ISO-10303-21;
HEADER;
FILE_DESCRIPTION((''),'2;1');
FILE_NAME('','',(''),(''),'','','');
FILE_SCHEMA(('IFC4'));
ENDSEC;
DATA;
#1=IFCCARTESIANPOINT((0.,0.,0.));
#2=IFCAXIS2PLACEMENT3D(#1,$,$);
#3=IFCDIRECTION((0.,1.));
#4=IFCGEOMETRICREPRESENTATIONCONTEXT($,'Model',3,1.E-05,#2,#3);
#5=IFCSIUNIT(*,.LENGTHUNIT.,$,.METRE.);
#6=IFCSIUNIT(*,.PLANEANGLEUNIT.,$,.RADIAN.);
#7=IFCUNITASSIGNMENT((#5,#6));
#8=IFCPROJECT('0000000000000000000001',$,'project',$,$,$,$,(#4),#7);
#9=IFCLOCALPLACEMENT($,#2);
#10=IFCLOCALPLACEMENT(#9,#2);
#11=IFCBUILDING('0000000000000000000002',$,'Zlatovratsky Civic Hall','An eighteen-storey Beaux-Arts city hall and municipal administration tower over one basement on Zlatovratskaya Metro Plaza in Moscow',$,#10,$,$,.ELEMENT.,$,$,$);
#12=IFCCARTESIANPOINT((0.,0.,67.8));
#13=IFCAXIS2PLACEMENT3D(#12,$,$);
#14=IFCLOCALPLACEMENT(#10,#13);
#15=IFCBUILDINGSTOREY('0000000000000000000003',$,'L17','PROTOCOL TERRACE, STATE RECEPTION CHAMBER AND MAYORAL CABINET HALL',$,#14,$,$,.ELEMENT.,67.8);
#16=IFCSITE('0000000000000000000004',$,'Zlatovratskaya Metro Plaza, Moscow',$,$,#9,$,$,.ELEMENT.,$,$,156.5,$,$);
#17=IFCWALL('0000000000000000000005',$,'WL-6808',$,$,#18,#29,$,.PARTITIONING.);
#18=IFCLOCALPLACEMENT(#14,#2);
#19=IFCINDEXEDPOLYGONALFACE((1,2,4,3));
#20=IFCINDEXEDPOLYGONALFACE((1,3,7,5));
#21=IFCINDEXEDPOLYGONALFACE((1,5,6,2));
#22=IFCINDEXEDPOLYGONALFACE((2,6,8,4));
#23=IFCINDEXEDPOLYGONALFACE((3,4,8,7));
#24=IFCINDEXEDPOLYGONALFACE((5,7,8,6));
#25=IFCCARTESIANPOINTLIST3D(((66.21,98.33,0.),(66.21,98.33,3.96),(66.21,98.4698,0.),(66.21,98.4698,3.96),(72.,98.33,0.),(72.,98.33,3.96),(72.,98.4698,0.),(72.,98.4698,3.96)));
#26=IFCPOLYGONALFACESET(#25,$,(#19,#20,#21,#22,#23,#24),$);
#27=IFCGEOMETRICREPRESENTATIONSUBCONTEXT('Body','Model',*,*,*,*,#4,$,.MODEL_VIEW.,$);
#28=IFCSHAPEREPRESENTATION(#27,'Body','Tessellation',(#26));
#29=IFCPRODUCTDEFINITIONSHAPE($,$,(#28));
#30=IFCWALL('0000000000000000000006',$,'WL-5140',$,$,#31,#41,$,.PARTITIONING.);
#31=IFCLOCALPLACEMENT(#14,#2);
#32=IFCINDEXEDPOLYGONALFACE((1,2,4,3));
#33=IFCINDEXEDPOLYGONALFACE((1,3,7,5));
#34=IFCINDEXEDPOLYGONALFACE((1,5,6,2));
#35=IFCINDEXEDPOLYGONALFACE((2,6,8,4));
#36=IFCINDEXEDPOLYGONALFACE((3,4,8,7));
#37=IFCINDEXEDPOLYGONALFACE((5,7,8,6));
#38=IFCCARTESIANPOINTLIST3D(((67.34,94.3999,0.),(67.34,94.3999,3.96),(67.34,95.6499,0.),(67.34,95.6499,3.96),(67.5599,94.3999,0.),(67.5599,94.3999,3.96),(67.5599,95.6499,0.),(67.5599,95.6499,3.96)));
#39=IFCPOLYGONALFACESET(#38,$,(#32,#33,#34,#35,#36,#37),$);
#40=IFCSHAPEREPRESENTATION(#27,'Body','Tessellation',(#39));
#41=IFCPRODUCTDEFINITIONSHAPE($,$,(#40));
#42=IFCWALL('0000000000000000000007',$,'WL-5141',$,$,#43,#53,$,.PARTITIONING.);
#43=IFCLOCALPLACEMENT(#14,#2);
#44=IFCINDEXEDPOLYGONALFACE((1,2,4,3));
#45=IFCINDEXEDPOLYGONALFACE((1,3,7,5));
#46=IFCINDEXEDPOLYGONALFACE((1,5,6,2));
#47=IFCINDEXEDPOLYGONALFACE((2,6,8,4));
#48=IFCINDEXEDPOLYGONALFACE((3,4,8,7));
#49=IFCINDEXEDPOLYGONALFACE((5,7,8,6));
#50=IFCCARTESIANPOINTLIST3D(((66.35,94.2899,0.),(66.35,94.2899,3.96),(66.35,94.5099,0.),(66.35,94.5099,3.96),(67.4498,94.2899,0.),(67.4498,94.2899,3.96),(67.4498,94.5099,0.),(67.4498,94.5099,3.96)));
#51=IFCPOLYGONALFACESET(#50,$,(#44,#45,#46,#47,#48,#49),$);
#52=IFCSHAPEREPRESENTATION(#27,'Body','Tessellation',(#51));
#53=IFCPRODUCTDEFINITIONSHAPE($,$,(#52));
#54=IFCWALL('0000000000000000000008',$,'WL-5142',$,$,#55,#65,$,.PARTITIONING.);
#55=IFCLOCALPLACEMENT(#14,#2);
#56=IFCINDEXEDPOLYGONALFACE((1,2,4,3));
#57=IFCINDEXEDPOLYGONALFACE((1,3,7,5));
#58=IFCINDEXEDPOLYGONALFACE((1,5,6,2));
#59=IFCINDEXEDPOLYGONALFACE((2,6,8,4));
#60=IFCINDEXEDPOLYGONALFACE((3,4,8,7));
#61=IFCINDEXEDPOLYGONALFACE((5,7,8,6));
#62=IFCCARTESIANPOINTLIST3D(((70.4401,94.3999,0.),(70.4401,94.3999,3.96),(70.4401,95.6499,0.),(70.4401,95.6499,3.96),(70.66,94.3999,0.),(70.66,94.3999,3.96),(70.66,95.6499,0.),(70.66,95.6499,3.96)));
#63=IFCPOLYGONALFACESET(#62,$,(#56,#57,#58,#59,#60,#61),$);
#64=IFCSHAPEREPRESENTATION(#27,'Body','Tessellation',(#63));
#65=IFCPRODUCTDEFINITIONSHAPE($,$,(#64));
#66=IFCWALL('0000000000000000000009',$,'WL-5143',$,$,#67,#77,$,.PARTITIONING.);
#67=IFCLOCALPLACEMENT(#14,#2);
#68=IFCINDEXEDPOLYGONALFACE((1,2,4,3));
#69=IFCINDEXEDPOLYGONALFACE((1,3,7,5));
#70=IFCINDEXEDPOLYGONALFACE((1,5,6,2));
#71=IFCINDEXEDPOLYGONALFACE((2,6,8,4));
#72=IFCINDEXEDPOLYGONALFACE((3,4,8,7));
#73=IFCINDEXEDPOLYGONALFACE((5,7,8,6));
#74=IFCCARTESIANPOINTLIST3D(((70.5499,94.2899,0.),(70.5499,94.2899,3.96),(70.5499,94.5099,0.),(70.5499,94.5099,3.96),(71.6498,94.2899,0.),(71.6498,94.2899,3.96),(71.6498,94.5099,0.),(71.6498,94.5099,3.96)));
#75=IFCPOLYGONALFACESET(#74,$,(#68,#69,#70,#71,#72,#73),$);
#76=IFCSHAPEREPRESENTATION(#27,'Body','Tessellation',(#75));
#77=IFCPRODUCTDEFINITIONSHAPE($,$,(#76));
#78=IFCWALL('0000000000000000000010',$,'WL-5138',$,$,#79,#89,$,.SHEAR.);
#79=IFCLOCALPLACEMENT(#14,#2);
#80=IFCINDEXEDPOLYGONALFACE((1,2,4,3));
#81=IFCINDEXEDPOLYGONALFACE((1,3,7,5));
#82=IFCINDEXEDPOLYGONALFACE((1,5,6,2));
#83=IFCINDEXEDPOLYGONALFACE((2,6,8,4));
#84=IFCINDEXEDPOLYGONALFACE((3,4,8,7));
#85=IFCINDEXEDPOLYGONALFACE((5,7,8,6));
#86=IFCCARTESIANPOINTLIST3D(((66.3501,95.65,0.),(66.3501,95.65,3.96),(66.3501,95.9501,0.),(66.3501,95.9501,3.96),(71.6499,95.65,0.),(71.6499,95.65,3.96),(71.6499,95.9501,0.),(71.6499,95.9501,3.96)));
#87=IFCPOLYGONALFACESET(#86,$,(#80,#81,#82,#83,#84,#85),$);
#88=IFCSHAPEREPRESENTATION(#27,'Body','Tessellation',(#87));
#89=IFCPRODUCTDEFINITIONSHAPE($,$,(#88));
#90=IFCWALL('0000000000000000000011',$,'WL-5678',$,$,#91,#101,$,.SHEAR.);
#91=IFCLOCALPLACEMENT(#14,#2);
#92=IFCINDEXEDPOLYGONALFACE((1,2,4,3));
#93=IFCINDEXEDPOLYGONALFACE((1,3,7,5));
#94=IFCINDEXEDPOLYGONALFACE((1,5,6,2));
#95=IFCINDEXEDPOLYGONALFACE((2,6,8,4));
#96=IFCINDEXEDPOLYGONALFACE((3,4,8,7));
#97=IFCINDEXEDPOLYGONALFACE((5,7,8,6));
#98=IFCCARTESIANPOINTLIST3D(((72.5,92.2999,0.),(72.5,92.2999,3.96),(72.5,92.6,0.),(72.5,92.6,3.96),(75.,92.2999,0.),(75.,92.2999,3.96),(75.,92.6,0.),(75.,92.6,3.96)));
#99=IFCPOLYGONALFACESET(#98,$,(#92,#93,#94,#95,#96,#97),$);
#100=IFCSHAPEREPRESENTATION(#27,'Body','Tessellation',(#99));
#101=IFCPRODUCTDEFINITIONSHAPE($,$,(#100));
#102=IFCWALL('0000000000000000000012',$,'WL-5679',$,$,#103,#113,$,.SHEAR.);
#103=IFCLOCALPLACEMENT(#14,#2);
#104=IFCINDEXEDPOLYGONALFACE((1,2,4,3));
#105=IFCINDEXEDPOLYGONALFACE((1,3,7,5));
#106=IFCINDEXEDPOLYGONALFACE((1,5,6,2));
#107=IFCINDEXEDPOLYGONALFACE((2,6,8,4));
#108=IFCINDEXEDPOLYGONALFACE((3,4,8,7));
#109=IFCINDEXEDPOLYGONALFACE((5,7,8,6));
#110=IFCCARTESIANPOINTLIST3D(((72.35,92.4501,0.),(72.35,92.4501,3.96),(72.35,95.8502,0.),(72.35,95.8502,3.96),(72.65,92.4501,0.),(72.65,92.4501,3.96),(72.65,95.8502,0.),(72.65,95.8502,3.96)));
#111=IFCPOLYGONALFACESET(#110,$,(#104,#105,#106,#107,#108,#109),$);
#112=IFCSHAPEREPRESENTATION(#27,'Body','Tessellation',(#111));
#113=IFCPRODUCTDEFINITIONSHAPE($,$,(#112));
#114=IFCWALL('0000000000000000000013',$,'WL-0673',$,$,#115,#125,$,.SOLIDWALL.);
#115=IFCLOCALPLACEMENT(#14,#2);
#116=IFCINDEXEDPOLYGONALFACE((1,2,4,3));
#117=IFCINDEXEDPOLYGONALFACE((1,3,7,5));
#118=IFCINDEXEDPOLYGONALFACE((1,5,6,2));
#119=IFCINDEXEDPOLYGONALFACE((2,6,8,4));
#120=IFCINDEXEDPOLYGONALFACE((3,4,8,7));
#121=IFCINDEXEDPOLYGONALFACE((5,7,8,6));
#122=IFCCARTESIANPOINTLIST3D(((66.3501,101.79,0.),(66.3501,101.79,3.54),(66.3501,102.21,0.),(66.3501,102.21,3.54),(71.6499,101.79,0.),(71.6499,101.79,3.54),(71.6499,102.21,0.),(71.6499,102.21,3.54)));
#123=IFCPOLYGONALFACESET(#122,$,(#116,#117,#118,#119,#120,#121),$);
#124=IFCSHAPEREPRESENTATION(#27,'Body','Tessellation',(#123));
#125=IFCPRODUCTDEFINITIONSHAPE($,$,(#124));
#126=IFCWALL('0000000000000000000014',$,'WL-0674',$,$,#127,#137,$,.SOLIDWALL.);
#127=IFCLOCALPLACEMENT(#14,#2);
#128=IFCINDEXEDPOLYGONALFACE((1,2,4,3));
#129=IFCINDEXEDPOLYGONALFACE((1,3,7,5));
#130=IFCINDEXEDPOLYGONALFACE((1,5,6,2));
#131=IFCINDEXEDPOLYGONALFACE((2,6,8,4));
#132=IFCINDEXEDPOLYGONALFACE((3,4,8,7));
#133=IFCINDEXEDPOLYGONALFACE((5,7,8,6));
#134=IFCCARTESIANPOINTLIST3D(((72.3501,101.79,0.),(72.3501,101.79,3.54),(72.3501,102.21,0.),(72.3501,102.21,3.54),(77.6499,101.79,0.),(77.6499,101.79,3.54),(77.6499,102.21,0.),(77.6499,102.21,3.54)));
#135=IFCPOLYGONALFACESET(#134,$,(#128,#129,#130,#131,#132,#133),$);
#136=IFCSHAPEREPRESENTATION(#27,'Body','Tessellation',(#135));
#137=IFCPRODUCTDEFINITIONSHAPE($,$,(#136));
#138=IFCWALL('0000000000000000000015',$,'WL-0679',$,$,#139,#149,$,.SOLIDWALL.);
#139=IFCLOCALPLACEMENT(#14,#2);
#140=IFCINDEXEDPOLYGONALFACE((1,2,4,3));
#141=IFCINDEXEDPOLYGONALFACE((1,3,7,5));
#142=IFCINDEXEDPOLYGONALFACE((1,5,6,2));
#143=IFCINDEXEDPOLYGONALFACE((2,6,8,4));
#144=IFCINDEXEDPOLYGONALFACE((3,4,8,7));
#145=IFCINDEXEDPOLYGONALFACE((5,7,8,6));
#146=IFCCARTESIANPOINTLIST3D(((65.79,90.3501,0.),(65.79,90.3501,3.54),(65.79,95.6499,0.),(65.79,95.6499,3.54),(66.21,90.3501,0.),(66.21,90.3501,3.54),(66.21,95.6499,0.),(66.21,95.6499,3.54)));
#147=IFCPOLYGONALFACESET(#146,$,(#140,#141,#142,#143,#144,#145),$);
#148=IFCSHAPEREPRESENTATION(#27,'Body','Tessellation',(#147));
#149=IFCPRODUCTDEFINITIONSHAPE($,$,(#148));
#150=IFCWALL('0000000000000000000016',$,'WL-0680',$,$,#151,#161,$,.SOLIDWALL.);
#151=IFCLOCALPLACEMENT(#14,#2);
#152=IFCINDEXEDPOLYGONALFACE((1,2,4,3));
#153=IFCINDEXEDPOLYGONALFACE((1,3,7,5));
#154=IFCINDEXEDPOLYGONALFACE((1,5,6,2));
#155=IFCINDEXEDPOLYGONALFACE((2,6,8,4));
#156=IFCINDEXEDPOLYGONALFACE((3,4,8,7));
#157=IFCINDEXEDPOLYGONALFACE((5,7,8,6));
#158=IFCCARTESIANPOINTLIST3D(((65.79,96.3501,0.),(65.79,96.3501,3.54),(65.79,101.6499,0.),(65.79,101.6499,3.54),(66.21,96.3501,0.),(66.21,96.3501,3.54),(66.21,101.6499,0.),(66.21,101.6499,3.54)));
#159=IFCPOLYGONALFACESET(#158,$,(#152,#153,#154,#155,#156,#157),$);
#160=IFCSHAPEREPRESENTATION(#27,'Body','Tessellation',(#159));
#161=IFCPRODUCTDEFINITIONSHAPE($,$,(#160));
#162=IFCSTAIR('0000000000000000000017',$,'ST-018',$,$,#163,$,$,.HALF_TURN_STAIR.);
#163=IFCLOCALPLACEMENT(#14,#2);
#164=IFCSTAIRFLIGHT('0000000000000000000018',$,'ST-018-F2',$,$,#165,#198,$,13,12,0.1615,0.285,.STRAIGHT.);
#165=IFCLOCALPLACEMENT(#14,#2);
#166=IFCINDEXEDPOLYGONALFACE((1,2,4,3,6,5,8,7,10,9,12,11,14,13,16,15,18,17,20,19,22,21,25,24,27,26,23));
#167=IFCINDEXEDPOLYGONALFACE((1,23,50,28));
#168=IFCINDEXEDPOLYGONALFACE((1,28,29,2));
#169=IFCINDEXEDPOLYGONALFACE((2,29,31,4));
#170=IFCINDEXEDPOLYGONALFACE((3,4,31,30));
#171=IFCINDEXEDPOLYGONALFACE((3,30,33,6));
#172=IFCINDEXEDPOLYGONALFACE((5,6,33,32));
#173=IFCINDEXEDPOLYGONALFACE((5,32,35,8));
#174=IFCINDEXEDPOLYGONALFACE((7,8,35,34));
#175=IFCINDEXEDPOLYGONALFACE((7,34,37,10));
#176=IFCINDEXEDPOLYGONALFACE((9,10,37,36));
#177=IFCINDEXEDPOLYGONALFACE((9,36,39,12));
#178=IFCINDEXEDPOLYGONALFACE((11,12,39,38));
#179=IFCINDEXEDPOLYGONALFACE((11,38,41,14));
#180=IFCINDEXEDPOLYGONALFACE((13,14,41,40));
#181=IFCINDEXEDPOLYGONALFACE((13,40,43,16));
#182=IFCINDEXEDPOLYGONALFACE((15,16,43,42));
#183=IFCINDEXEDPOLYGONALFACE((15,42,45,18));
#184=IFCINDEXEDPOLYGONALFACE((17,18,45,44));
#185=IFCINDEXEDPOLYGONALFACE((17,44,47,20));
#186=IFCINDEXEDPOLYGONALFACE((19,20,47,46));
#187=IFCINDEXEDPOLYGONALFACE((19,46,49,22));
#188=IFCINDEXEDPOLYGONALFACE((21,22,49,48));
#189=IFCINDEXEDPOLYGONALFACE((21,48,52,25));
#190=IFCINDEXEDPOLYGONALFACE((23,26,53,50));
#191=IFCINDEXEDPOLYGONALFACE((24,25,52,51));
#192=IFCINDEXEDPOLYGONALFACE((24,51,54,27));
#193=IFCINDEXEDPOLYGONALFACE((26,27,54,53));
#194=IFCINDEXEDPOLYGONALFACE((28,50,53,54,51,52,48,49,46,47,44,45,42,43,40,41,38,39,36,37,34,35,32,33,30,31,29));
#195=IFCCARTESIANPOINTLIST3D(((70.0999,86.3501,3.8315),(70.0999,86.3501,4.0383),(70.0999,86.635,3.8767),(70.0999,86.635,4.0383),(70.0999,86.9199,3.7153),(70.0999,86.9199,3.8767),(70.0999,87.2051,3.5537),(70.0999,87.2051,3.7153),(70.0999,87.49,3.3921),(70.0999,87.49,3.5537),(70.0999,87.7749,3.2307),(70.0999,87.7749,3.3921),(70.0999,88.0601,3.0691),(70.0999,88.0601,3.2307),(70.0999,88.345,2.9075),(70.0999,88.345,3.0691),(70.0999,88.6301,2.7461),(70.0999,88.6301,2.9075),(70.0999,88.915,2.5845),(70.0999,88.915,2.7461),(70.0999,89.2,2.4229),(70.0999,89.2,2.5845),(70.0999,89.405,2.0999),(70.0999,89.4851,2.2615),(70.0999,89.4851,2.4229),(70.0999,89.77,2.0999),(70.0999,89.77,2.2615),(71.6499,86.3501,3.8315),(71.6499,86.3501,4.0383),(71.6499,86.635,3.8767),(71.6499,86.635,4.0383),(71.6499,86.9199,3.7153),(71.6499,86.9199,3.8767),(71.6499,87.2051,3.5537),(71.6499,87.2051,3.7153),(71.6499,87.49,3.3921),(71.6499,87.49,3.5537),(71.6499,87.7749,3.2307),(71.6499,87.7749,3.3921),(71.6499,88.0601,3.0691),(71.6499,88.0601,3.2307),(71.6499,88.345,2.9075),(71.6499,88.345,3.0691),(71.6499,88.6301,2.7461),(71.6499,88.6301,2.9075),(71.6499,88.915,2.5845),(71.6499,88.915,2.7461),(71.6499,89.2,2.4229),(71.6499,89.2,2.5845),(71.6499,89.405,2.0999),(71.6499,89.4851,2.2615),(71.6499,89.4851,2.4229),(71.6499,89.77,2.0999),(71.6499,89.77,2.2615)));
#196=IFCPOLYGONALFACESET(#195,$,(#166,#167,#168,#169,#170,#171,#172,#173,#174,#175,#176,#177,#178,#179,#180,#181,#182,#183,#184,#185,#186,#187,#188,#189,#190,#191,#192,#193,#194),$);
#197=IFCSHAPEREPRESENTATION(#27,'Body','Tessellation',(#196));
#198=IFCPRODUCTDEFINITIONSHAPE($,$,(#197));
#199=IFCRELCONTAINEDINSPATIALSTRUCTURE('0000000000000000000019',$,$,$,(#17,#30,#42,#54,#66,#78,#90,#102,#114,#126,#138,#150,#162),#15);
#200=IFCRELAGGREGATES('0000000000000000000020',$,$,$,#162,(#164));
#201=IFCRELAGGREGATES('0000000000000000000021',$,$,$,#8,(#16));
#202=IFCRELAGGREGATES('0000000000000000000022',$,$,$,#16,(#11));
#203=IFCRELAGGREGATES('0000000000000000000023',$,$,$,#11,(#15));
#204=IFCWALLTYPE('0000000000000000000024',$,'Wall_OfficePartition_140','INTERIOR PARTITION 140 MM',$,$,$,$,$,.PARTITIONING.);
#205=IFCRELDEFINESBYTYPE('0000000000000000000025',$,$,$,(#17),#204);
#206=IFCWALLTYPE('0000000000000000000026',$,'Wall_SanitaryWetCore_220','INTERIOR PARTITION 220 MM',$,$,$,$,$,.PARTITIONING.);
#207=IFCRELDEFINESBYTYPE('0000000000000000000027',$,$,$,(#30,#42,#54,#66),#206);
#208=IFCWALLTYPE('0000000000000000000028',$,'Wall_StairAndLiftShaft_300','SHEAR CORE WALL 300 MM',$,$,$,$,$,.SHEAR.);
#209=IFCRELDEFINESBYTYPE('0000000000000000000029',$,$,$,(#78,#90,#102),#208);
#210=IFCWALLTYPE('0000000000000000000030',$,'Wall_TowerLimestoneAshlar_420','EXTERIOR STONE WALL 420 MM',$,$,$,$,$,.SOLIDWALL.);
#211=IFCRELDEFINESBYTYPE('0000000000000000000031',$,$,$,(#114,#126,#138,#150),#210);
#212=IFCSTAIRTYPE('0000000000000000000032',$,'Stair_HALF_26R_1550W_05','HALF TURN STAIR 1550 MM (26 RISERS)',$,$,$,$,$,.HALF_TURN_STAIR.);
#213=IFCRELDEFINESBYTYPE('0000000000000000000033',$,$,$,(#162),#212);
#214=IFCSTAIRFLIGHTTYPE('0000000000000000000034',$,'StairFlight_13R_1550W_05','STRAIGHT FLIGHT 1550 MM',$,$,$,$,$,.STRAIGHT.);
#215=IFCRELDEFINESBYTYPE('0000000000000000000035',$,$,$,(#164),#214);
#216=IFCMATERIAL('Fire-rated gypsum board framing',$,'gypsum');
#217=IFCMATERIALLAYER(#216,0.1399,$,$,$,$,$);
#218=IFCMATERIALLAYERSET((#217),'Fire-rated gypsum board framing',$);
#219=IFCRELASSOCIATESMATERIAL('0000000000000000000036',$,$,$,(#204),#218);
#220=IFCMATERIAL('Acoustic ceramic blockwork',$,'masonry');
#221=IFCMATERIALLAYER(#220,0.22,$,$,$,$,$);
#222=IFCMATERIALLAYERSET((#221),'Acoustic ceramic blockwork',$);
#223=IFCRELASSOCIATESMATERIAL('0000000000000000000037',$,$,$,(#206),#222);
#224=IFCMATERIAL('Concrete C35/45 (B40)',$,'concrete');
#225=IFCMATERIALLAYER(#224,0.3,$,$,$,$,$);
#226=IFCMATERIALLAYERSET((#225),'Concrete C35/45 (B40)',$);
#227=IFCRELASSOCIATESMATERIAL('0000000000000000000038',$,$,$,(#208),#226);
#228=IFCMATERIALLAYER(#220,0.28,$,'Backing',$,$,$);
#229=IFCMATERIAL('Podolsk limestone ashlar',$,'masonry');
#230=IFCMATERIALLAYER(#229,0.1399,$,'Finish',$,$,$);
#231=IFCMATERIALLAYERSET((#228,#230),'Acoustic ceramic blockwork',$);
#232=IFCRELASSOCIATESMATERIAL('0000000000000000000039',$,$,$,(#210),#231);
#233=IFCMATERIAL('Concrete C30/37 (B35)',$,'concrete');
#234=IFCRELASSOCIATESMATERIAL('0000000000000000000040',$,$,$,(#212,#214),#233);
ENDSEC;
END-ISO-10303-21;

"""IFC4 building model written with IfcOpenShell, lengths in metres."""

from ifc_helpers import new_model, si_unit, direction, frame, frame_2d, origin, place, context, subcontext, project, spatial, polyline, rectangle, outline, extrude, material, layer, layer_set, type_object, element, aggregate, save


model = new_model("IFC4")

# Units and contexts
model_context = context("Model", 3, precision=1e-05, world=origin(), true_north=direction((0.0, 1.0)))
body_context = subcontext(model_context, "Body", "Model", "MODEL_VIEW")
ifc_project = project(units=[si_unit("LENGTHUNIT", "METRE"), si_unit("PLANEANGLEUNIT", "RADIAN")], contexts=[model_context])

# Site, building, storey
site_placement = place(None, origin())
site = spatial("IfcSite", under=ifc_project, at=site_placement, Name="Zlatovratskaya Metro Plaza, Moscow", CompositionType="ELEMENT", RefElevation=156.5)
building_placement = place(site_placement, origin())
building = spatial("IfcBuilding", under=site, at=building_placement, Name="Zlatovratsky Civic Hall", Description="An eighteen-storey Beaux-Arts city hall and municipal administration tower over one basement on Zlatovratskaya Metro Plaza in Moscow", CompositionType="ELEMENT")
storey_placement = place(building_placement, frame((0.0, 0.0, 67.8)))
storey = spatial("IfcBuildingStorey", under=building, at=storey_placement, Name="L17", Description="PROTOCOL TERRACE, STATE RECEPTION CHAMBER AND MAYORAL CABINET HALL", CompositionType="ELEMENT", Elevation=67.8)

# Shared definitions
ifc_material_1 = material(Name="Concrete C35/45 (B40)", Category="concrete")

# Shared definitions
ifc_material_2 = material(Name="Fire-rated gypsum board framing", Category="gypsum")
ifc_layer_1 = layer(ifc_material_2, 0.1399)
ifc_layer_set_1 = layer_set([ifc_layer_1], Name="Fire-rated gypsum board framing")
wall_type_1 = type_object("IfcWallType", Name="Wall_OfficePartition_140", Description="INTERIOR PARTITION 140 MM", PredefinedType="PARTITIONING", material=ifc_layer_set_1)

# Walls
wall_1_placement = place(storey_placement, frame((66.21, 98.3999, 0.0), z_axis=(0.0, 0.0, 1.0), x_axis=(1.0, 0.0, 0.0)))
element("IfcWall", 1, at=wall_1_placement, inside=storey, type_object=wall_type_1, Name="WL-6808", PredefinedType="PARTITIONING", context=body_context, shape_type="SweptSolid", body=[
    extrude(rectangle(XDim=5.79, YDim=0.1399, at=frame_2d((2.895, 0.0))), origin(), (0.0, 0.0, 1.0), 3.96),
])
ifc_material_3 = material(Name="Acoustic ceramic blockwork", Category="masonry")
ifc_layer_2 = layer(ifc_material_3, 0.22)
ifc_layer_set_2 = layer_set([ifc_layer_2], Name="Acoustic ceramic blockwork")
wall_type_2 = type_object("IfcWallType", Name="Wall_SanitaryWetCore_220", Description="INTERIOR PARTITION 220 MM", PredefinedType="PARTITIONING", material=ifc_layer_set_2)
wall_2_placement = place(storey_placement, frame((67.45, 94.3999, 0.0), z_axis=(0.0, 0.0, 1.0), x_axis=(0.0, 1.0, 0.0)))
element("IfcWall", 2, at=wall_2_placement, inside=storey, type_object=wall_type_2, Name="WL-5140", PredefinedType="PARTITIONING", context=body_context, shape_type="SweptSolid", body=[
    extrude(rectangle(XDim=1.25, YDim=0.22, at=frame_2d((0.625, 0.0))), origin(), (0.0, 0.0, 1.0), 3.96),
])
wall_3_placement = place(storey_placement, frame((66.3501, 94.3999, 0.0), z_axis=(0.0, 0.0, 1.0), x_axis=(1.0, 0.0, 0.0)))
element("IfcWall", 3, at=wall_3_placement, inside=storey, type_object=wall_type_2, Name="WL-5141", PredefinedType="PARTITIONING", context=body_context, shape_type="SweptSolid", body=[
    extrude(rectangle(XDim=1.0999, YDim=0.22, at=frame_2d((0.5498, 0.0))), origin(), (0.0, 0.0, 1.0), 3.96),
])
wall_4_placement = place(storey_placement, frame((70.55, 94.3999, 0.0), z_axis=(0.0, 0.0, 1.0), x_axis=(0.0, 1.0, 0.0)))
element("IfcWall", 4, at=wall_4_placement, inside=storey, type_object=wall_type_2, Name="WL-5142", PredefinedType="PARTITIONING", context=body_context, shape_type="SweptSolid", body=[
    extrude(rectangle(XDim=1.25, YDim=0.22, at=frame_2d((0.625, 0.0))), origin(), (0.0, 0.0, 1.0), 3.96),
])
wall_5_placement = place(storey_placement, frame((70.55, 94.3999, 0.0), z_axis=(0.0, 0.0, 1.0), x_axis=(1.0, 0.0, 0.0)))
element("IfcWall", 5, at=wall_5_placement, inside=storey, type_object=wall_type_2, Name="WL-5143", PredefinedType="PARTITIONING", context=body_context, shape_type="SweptSolid", body=[
    extrude(rectangle(XDim=1.0999, YDim=0.22, at=frame_2d((0.5498, 0.0))), origin(), (0.0, 0.0, 1.0), 3.96),
])
ifc_layer_3 = layer(ifc_material_1, 0.3)
ifc_layer_set_3 = layer_set([ifc_layer_3], Name="Concrete C35/45 (B40)")
wall_type_3 = type_object("IfcWallType", Name="Wall_StairAndLiftShaft_300", Description="SHEAR CORE WALL 300 MM", PredefinedType="SHEAR", material=ifc_layer_set_3)
wall_6_placement = place(storey_placement, frame((66.3501, 95.8, 0.0), z_axis=(0.0, 0.0, 1.0), x_axis=(1.0, 0.0, 0.0)))
element("IfcWall", 6, at=wall_6_placement, inside=storey, type_object=wall_type_3, Name="WL-5138", PredefinedType="SHEAR", context=body_context, shape_type="SweptSolid", body=[
    extrude(rectangle(XDim=5.2998, YDim=0.3, at=frame_2d((2.6499, 0.0))), origin(), (0.0, 0.0, 1.0), 3.96),
])
wall_7_placement = place(storey_placement, frame((72.5, 92.45, 0.0), z_axis=(0.0, 0.0, 1.0), x_axis=(1.0, 0.0, 0.0)))
element("IfcWall", 7, at=wall_7_placement, inside=storey, type_object=wall_type_3, Name="WL-5678", PredefinedType="SHEAR", context=body_context, shape_type="SweptSolid", body=[
    extrude(rectangle(XDim=2.5, YDim=0.3, at=frame_2d((1.25, 0.0))), origin(), (0.0, 0.0, 1.0), 3.96),
])
wall_8_placement = place(storey_placement, frame((72.5, 92.45, 0.0), z_axis=(0.0, 0.0, 1.0), x_axis=(0.0, 1.0, 0.0)))
element("IfcWall", 8, at=wall_8_placement, inside=storey, type_object=wall_type_3, Name="WL-5679", PredefinedType="SHEAR", context=body_context, shape_type="SweptSolid", body=[
    extrude(rectangle(XDim=3.4001, YDim=0.3, at=frame_2d((1.7002, 0.0))), origin(), (0.0, 0.0, 1.0), 3.96),
])
ifc_layer_4 = layer(ifc_material_3, 0.28, Name="Backing")
ifc_material_4 = material(Name="Podolsk limestone ashlar", Category="masonry")
ifc_layer_5 = layer(ifc_material_4, 0.1399, Name="Finish")
ifc_layer_set_4 = layer_set([ifc_layer_4, ifc_layer_5], Name="Acoustic ceramic blockwork")
wall_type_4 = type_object("IfcWallType", Name="Wall_TowerLimestoneAshlar_420", Description="EXTERIOR STONE WALL 420 MM", PredefinedType="SOLIDWALL", material=ifc_layer_set_4)
for number, where, z_axis, x_axis, name in (
    (9, (66.3501, 102.0, 0.0), (0.0, 0.0, 1.0), (1.0, 0.0, 0.0), "WL-0673"),
    (10, (72.3501, 102.0, 0.0), (0.0, 0.0, 1.0), (1.0, 0.0, 0.0), "WL-0674"),
    (11, (66.0, 90.3501, 0.0), (0.0, 0.0, 1.0), (0.0, 1.0, 0.0), "WL-0679"),
    (12, (66.0, 96.3501, 0.0), (0.0, 0.0, 1.0), (0.0, 1.0, 0.0), "WL-0680"),
):
    element("IfcWall", number, at=place(storey_placement, frame(where, z_axis=z_axis, x_axis=x_axis)), inside=storey, type_object=wall_type_4, Name=name, PredefinedType="SOLIDWALL", context=body_context, shape_type="SweptSolid", body=[
        extrude(rectangle(XDim=5.2998, YDim=0.4199, at=frame_2d((2.6499, 0.0))), origin(), (0.0, 0.0, 1.0), 3.54),
    ])

# Stair, stair flight
ifc_material_5 = material(Name="Concrete C30/37 (B35)", Category="concrete")
stair_type = type_object("IfcStairType", Name="Stair_HALF_26R_1550W_05", Description="HALF TURN STAIR 1550 MM (26 RISERS)", PredefinedType="HALF_TURN_STAIR", material=ifc_material_5)
stair_placement = place(storey_placement, origin())
stair = element("IfcStair", 13, at=stair_placement, inside=storey, type_object=stair_type, Name="ST-018", PredefinedType="HALF_TURN_STAIR")
stair_flight_type = type_object("IfcStairFlightType", Name="StairFlight_13R_1550W_05", Description="STRAIGHT FLIGHT 1550 MM", PredefinedType="STRAIGHT", material=ifc_material_5)
stair_flight_placement = place(storey_placement, frame((70.875, 89.77, 2.0999), z_axis=(0.0, 0.0, 1.0), x_axis=(0.0, -1.0, 0.0)))
stair_flight = element("IfcStairFlight", 14, at=stair_flight_placement, type_object=stair_flight_type, Name="ST-018-F2", NumberOfRisers=13, NumberOfTreads=12, PredefinedType="STRAIGHT", RiserHeight=0.1615, TreadLength=0.285, context=body_context, shape_type="SweptSolid", body=[
    extrude(outline(polyline([(0.0, 0.0), (0.0, 0.1616), (0.2849, 0.1616), (0.2849, 0.323), (0.5701, 0.323), (0.5701, 0.4846), (0.855, 0.4846), (0.855, 0.6462), (1.1399, 0.6462), (1.1399, 0.8076), (1.425, 0.8076), (1.425, 0.9692), (1.71, 0.9692), (1.71, 1.1309), (1.9951, 1.1309), (1.9951, 1.2922), (2.28, 1.2922), (2.28, 1.4539), (2.5649, 1.4539), (2.5649, 1.6155), (2.8501, 1.6155), (2.8501, 1.7769), (3.135, 1.7769), (3.135, 1.9385), (3.4199, 1.9385), (3.4199, 2.1001), (3.4199, 1.7317), (0.365, 0.0), (0.0, 0.0)])), frame((0.0, 0.7749, 0.0), z_axis=(0.0, -1.0, 0.0), x_axis=(1.0, 0.0, 0.0)), (0.0, 0.0, 1.0), 1.55),
])
aggregate(stair, [stair_flight])

save(model, "model.ifc")
